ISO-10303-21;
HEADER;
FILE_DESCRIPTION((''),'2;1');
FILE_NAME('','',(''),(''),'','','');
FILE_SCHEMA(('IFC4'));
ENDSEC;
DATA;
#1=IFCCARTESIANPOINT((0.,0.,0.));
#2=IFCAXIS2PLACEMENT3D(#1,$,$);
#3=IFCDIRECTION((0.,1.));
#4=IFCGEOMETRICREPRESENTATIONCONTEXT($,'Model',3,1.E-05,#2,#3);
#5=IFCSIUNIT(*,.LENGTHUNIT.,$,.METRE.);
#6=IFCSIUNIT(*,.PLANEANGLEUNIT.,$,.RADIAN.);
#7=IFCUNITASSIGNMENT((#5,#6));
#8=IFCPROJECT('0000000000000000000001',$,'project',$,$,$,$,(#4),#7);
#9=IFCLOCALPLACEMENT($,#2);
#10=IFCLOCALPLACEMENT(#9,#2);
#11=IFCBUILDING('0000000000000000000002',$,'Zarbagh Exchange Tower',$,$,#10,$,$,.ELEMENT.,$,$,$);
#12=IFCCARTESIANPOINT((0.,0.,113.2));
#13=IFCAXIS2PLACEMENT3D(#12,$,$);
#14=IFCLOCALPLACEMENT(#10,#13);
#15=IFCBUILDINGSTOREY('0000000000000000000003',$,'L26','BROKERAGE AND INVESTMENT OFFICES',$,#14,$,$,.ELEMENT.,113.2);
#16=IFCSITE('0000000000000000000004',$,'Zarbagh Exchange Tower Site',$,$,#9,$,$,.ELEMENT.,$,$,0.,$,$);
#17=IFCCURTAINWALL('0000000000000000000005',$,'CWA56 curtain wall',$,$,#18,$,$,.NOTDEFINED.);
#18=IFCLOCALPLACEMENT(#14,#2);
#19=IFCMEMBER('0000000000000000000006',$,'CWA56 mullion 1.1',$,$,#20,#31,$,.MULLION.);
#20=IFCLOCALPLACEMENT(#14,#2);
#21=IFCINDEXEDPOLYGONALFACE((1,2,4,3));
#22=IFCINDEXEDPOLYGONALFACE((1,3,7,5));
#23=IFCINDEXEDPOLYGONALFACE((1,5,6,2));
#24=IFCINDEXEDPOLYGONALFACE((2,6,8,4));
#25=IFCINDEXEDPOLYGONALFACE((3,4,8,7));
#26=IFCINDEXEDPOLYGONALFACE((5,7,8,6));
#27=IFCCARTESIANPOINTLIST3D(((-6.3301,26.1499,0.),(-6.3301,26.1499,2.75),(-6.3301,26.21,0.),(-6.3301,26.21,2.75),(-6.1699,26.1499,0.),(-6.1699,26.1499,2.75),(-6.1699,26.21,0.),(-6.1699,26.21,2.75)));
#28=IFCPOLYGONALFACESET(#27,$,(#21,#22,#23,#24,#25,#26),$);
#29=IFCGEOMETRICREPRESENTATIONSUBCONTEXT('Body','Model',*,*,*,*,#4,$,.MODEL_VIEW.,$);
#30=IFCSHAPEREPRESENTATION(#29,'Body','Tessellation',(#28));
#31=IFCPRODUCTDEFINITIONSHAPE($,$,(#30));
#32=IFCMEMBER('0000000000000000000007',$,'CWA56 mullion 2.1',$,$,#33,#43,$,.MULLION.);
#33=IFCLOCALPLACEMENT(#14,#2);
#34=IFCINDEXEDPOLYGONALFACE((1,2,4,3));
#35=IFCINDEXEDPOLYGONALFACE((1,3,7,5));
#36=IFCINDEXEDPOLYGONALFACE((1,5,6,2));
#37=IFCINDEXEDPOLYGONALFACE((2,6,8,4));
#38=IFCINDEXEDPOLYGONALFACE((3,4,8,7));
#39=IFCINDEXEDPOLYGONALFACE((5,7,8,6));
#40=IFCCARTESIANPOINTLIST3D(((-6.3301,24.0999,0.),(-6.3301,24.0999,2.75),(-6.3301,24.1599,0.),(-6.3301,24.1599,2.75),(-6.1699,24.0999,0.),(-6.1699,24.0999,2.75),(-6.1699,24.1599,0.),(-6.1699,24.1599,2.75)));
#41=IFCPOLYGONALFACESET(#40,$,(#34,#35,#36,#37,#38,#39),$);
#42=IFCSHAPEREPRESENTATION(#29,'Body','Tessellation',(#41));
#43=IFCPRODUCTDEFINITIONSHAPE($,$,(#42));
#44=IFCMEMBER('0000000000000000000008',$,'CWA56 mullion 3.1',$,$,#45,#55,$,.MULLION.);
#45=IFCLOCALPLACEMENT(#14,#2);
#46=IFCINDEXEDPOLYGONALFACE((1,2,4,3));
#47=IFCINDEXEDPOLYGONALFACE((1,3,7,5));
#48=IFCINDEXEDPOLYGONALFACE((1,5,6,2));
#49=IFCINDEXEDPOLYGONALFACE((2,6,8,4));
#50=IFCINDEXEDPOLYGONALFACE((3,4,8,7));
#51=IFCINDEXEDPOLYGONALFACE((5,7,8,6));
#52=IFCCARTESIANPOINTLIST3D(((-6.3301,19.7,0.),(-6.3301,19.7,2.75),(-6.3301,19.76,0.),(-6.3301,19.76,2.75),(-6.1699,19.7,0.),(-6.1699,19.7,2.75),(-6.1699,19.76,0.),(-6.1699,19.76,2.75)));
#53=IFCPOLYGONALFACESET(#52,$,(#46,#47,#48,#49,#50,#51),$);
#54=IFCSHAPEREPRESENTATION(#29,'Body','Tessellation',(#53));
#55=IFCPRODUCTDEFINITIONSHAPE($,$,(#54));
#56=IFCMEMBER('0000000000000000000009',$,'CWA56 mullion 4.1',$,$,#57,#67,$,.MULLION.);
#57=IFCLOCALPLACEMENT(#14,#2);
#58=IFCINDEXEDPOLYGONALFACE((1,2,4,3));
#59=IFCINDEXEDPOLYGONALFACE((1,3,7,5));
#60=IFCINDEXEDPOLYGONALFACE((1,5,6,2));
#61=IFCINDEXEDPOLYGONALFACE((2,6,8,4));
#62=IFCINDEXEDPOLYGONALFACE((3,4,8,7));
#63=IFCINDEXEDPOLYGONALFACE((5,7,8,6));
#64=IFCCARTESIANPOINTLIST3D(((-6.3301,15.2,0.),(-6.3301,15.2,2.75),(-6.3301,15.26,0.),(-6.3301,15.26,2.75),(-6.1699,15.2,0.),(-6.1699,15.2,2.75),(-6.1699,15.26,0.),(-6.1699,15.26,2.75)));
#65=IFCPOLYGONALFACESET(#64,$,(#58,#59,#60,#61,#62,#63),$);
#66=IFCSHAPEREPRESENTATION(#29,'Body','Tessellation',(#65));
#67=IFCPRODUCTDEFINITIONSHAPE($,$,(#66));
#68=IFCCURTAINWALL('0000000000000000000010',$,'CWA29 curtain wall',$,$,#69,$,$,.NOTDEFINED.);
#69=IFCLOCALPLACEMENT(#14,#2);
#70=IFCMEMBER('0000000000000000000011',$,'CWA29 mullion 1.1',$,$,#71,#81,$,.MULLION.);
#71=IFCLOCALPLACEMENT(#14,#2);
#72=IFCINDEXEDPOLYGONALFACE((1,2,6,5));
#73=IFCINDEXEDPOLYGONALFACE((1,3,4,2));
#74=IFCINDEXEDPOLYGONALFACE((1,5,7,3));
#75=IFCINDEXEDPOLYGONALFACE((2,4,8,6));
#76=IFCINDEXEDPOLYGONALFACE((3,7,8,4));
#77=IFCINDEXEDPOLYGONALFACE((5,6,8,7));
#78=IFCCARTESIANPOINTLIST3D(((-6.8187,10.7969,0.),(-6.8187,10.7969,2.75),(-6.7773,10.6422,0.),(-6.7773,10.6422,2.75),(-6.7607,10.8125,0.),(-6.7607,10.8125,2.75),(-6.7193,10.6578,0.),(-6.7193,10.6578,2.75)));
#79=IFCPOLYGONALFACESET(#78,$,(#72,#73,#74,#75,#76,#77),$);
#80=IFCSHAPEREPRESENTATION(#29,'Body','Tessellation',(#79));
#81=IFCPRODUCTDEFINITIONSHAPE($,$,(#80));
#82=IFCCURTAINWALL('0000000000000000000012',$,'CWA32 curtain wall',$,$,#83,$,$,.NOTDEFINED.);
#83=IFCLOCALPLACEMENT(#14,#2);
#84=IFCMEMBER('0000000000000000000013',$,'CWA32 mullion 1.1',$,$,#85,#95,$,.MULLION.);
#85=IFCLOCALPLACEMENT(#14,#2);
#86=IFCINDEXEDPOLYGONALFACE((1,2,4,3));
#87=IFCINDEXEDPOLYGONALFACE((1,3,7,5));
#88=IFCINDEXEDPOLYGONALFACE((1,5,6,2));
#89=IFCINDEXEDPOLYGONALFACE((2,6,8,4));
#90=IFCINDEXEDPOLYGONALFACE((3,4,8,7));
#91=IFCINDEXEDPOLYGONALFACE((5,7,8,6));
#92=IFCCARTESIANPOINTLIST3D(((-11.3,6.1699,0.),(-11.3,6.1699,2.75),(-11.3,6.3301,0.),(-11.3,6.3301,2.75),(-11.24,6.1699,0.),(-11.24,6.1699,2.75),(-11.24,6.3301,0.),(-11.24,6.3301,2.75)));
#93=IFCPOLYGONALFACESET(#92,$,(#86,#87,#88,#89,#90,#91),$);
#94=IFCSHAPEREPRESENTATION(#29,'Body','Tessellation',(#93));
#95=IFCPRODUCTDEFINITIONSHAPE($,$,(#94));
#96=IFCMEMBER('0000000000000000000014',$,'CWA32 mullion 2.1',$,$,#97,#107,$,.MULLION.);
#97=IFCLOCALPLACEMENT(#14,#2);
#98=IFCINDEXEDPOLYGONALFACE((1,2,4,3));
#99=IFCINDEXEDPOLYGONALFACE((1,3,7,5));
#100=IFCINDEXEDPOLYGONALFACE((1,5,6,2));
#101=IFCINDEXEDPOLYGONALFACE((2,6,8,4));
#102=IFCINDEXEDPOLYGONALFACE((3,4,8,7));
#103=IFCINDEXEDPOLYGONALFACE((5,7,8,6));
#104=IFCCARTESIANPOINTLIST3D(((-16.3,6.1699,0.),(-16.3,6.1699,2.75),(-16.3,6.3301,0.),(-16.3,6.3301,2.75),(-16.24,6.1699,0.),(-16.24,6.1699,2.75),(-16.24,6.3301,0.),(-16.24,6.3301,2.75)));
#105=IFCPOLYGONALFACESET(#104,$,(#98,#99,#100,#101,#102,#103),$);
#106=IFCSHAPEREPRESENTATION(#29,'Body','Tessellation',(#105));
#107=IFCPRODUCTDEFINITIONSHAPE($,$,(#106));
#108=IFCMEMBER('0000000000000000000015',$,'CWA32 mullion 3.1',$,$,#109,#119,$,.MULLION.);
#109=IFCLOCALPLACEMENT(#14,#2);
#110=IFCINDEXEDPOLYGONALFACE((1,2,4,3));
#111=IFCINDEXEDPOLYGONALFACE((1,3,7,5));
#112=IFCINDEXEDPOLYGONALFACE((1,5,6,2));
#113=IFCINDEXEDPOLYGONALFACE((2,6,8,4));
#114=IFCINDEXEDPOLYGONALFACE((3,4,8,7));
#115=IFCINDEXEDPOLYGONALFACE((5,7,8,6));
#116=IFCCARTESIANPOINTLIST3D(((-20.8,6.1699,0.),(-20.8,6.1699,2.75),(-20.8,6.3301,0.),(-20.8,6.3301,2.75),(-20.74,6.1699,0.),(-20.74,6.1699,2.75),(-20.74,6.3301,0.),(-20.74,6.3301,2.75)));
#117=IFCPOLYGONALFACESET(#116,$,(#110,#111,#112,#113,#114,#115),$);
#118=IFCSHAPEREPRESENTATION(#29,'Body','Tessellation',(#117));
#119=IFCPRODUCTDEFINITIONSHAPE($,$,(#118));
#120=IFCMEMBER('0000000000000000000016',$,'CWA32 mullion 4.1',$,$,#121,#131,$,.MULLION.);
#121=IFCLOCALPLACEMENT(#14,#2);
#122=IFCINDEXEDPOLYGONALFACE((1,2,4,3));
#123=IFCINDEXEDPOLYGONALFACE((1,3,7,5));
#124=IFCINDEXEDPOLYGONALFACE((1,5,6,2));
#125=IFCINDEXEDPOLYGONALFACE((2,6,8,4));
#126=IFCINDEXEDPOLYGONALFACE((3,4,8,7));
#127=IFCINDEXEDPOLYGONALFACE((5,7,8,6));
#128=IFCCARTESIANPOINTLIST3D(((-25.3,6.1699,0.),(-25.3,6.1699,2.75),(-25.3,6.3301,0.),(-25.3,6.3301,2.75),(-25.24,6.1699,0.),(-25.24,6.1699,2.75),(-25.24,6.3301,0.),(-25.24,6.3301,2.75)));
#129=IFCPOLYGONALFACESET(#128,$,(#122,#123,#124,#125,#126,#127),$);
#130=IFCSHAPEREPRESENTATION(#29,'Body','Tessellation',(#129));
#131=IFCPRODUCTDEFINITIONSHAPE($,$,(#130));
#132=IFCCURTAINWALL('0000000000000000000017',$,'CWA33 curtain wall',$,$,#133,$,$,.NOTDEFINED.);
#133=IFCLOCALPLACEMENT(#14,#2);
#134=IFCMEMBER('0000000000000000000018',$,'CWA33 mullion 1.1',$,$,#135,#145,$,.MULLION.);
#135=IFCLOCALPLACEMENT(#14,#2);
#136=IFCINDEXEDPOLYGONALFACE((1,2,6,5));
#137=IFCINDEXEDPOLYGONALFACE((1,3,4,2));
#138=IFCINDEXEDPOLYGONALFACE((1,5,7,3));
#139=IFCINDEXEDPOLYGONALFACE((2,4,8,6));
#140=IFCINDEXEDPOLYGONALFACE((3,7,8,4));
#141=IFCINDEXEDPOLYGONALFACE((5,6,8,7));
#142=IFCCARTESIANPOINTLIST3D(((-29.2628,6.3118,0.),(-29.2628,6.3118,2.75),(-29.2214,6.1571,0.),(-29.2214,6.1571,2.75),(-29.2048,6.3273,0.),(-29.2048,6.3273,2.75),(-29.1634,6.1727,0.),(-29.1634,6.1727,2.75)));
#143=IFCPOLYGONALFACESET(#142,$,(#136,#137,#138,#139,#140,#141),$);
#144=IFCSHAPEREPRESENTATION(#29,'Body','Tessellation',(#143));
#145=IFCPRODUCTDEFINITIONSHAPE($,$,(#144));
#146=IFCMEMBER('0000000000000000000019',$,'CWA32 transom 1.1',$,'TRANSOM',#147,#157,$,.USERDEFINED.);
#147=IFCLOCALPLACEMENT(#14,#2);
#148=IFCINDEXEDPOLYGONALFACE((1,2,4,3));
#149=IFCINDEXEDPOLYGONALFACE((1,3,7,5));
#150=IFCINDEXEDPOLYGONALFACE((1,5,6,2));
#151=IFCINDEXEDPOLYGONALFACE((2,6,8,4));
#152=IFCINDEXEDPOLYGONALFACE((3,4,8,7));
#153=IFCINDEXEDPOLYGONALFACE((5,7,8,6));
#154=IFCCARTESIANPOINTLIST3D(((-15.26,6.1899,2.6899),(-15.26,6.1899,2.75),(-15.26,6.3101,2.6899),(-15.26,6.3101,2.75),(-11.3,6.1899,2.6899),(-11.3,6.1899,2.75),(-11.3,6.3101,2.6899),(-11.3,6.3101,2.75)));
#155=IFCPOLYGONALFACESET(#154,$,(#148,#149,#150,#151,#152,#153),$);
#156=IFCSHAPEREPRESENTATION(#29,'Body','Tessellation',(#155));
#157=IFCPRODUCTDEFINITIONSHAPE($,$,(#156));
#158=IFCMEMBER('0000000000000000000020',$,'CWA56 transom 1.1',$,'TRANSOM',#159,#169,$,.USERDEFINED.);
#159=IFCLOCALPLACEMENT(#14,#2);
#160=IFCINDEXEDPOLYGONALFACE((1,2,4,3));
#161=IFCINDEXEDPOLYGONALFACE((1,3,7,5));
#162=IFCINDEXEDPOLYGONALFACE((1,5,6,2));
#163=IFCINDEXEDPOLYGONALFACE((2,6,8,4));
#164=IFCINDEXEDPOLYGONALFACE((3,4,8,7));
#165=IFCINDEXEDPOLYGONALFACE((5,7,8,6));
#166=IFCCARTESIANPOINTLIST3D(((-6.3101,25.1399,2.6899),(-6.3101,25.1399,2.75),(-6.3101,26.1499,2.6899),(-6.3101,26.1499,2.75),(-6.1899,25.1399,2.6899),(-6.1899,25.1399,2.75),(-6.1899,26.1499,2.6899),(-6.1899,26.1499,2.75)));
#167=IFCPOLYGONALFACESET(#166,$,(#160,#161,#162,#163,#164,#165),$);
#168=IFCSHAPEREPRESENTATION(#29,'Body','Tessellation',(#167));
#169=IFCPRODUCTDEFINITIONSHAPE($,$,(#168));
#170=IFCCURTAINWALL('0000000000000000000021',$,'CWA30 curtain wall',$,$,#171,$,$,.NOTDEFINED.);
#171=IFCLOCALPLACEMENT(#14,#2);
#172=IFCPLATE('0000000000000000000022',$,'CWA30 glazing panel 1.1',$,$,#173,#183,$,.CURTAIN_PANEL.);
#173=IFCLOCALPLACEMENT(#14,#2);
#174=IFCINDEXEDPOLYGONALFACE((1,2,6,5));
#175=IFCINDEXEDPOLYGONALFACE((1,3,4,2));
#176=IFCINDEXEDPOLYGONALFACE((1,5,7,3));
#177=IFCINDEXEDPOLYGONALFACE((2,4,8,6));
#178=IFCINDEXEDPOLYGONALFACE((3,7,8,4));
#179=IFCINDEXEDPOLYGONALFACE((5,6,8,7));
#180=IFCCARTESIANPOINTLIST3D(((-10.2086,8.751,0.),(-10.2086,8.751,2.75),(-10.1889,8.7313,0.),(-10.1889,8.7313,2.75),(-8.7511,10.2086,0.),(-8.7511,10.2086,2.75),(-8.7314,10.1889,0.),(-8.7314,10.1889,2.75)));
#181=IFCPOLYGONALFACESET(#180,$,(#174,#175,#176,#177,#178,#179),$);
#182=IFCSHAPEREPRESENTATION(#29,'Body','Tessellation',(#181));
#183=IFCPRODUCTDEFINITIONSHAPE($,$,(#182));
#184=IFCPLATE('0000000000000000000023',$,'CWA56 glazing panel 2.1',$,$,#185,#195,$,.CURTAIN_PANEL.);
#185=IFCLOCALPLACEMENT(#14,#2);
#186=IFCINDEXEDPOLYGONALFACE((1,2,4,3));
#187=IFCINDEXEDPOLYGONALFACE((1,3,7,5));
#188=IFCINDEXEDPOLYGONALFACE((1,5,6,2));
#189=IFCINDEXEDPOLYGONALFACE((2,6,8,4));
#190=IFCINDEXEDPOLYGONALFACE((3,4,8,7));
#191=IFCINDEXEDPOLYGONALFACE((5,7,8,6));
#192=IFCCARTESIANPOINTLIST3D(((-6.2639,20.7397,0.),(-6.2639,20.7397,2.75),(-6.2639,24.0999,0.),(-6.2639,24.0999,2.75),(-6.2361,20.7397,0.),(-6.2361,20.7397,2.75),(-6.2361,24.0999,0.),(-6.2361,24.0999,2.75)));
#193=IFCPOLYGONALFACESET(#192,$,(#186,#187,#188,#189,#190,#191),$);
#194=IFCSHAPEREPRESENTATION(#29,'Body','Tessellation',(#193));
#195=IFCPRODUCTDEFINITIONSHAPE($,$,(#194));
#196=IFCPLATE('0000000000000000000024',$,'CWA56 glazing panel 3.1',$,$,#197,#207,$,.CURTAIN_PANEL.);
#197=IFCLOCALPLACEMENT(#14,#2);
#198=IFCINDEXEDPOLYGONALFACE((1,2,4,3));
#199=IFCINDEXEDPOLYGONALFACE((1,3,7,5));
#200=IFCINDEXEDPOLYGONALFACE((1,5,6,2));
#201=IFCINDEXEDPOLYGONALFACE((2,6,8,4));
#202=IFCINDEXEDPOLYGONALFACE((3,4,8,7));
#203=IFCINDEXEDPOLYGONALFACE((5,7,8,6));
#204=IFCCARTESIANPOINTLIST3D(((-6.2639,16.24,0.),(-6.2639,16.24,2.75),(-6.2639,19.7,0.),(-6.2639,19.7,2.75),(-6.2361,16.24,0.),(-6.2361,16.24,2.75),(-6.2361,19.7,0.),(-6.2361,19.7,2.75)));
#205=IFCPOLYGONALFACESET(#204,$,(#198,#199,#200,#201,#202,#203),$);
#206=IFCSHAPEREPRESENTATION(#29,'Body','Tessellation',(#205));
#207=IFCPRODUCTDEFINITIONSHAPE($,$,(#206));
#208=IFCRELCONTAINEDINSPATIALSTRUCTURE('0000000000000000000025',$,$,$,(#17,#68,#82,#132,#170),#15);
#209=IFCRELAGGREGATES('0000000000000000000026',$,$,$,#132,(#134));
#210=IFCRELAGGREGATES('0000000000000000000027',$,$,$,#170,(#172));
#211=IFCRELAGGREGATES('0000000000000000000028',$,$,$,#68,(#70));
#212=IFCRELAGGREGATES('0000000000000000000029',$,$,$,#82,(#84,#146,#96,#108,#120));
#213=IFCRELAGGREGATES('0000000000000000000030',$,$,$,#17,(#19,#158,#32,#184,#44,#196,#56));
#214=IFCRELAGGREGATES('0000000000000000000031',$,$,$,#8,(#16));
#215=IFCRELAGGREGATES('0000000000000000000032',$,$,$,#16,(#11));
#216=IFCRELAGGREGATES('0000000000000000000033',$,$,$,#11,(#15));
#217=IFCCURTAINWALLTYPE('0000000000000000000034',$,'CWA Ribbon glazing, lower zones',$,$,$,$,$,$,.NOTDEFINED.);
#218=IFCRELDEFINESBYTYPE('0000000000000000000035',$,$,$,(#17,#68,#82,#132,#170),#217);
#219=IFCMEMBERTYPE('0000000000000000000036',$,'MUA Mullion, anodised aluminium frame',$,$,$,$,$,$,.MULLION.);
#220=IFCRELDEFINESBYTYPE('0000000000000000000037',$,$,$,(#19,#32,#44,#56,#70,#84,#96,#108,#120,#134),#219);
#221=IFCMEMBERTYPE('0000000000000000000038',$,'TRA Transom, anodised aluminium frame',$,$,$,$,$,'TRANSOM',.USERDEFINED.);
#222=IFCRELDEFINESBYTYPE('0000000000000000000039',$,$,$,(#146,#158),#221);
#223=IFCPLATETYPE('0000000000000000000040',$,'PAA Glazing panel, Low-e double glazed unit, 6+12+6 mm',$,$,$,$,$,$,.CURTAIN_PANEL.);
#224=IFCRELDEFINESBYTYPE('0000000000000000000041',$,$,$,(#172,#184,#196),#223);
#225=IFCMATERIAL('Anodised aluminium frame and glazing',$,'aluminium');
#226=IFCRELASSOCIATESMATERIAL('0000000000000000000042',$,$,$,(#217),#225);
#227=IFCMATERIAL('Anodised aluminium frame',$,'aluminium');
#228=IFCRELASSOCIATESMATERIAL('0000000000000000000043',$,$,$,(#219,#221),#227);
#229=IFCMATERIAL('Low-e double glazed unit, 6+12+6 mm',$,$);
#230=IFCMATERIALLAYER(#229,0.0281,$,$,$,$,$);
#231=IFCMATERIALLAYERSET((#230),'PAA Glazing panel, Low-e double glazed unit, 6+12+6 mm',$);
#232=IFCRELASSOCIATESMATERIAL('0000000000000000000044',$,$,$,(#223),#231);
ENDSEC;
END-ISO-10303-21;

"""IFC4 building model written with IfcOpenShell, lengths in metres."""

from ifc_helpers import new_model, si_unit, direction, frame, origin, place, context, subcontext, project, spatial, polyline, outline, extrude, source, transform, mapped, material, layer, layer_set, type_object, element, aggregate, save


model = new_model("IFC4")

# Units and contexts
model_context = context("Model", 3, precision=1e-05, world=origin(), true_north=direction((0.0, 1.0)))
body_context = subcontext(model_context, "Body", "Model", "MODEL_VIEW")
ifc_project = project(units=[si_unit("LENGTHUNIT", "METRE"), si_unit("PLANEANGLEUNIT", "RADIAN")], contexts=[model_context])

# Site, building, storey
site_placement = place(None, origin())
site = spatial("IfcSite", under=ifc_project, at=site_placement, Name="Zarbagh Exchange Tower Site", CompositionType="ELEMENT", RefElevation=0.0)
building_placement = place(site_placement, origin())
building = spatial("IfcBuilding", under=site, at=building_placement, Name="Zarbagh Exchange Tower", CompositionType="ELEMENT")
storey_placement = place(building_placement, frame((0.0, 0.0, 113.2)))
storey = spatial("IfcBuildingStorey", under=building, at=storey_placement, Name="L26", Description="BROKERAGE AND INVESTMENT OFFICES", CompositionType="ELEMENT", Elevation=113.2)

# Curtain wall, members
ifc_material_1 = material(Name="Anodised aluminium frame and glazing", Category="aluminium")
curtain_wall_type = type_object("IfcCurtainWallType", Name="CWA Ribbon glazing, lower zones", PredefinedType="NOTDEFINED", material=ifc_material_1)
curtain_wall_1_placement = place(storey_placement, origin())
curtain_wall_1 = element("IfcCurtainWall", 1, at=curtain_wall_1_placement, inside=storey, type_object=curtain_wall_type, Name="CWA56 curtain wall", PredefinedType="NOTDEFINED")
ifc_material_2 = material(Name="Anodised aluminium frame", Category="aluminium")
member_type_1 = type_object("IfcMemberType", Name="MUA Mullion, anodised aluminium frame", PredefinedType="MULLION", material=ifc_material_2)
shared_shape_1 = source(origin(), body_context, "Body", "SweptSolid", [
    extrude(outline(polyline([(0.0, -0.0801), (0.0601, -0.0801), (0.0601, 0.0801), (0.0, 0.0801), (0.0, -0.0801)])), origin(), (0.0, 0.0, 1.0), 2.75),
])
placement = place(storey_placement, origin())
member_1 = element("IfcMember", 2, at=placement, type_object=member_type_1, Name="CWA56 mullion 1.1", PredefinedType="MULLION", context=body_context, shape_type="MappedRepresentation", body=[
    mapped(shared_shape_1, transform((-6.25, 26.21, 0.0), x_axis=(0.0, -1.0, 0.0), y_axis=(1.0, 0.0, 0.0), z_axis=(0.0, 0.0, 1.0))),
])
member_2 = element("IfcMember", 3, at=placement, type_object=member_type_1, Name="CWA56 mullion 2.1", PredefinedType="MULLION", context=body_context, shape_type="MappedRepresentation", body=[
    mapped(shared_shape_1, transform((-6.25, 24.1599, 0.0), x_axis=(0.0, -1.0, 0.0), y_axis=(1.0, 0.0, 0.0), z_axis=(0.0, 0.0, 1.0))),
])
member_3 = element("IfcMember", 4, at=placement, type_object=member_type_1, Name="CWA56 mullion 3.1", PredefinedType="MULLION", context=body_context, shape_type="MappedRepresentation", body=[
    mapped(shared_shape_1, transform((-6.25, 19.76, 0.0), x_axis=(0.0, -1.0, 0.0), y_axis=(1.0, 0.0, 0.0), z_axis=(0.0, 0.0, 1.0))),
])
member_4 = element("IfcMember", 5, at=placement, type_object=member_type_1, Name="CWA56 mullion 4.1", PredefinedType="MULLION", context=body_context, shape_type="MappedRepresentation", body=[
    mapped(shared_shape_1, transform((-6.25, 15.26, 0.0), x_axis=(0.0, -1.0, 0.0), y_axis=(1.0, 0.0, 0.0), z_axis=(0.0, 0.0, 1.0))),
])

# Curtain wall, member
curtain_wall_2_placement = place(storey_placement, origin())
curtain_wall_2 = element("IfcCurtainWall", 6, at=curtain_wall_2_placement, inside=storey, type_object=curtain_wall_type, Name="CWA29 curtain wall", PredefinedType="NOTDEFINED")
member_5 = element("IfcMember", 7, at=placement, type_object=member_type_1, Name="CWA29 mullion 1.1", PredefinedType="MULLION", context=body_context, shape_type="MappedRepresentation", body=[
    mapped(shared_shape_1, transform((-6.74, 10.7351, 0.0), x_axis=(-0.965924, -0.258825, 0.0), y_axis=(0.258825, -0.965924, 0.0), z_axis=(0.0, 0.0, 1.0))),
])

# Curtain wall, members
curtain_wall_3_placement = place(storey_placement, origin())
curtain_wall_3 = element("IfcCurtainWall", 8, at=curtain_wall_3_placement, inside=storey, type_object=curtain_wall_type, Name="CWA32 curtain wall", PredefinedType="NOTDEFINED")
member_6 = element("IfcMember", 9, at=placement, type_object=member_type_1, Name="CWA32 mullion 1.1", PredefinedType="MULLION", context=body_context, shape_type="MappedRepresentation", body=[
    mapped(shared_shape_1, transform((-11.24, 6.25, 0.0), x_axis=(-1.0, 0.0, 0.0), y_axis=(0.0, -1.0, 0.0), z_axis=(0.0, 0.0, 1.0))),
])
member_7 = element("IfcMember", 10, at=placement, type_object=member_type_1, Name="CWA32 mullion 2.1", PredefinedType="MULLION", context=body_context, shape_type="MappedRepresentation", body=[
    mapped(shared_shape_1, transform((-16.24, 6.25, 0.0), x_axis=(-1.0, 0.0, 0.0), y_axis=(0.0, -1.0, 0.0), z_axis=(0.0, 0.0, 1.0))),
])
member_8 = element("IfcMember", 11, at=placement, type_object=member_type_1, Name="CWA32 mullion 3.1", PredefinedType="MULLION", context=body_context, shape_type="MappedRepresentation", body=[
    mapped(shared_shape_1, transform((-20.74, 6.25, 0.0), x_axis=(-1.0, 0.0, 0.0), y_axis=(0.0, -1.0, 0.0), z_axis=(0.0, 0.0, 1.0))),
])
member_9 = element("IfcMember", 12, at=placement, type_object=member_type_1, Name="CWA32 mullion 4.1", PredefinedType="MULLION", context=body_context, shape_type="MappedRepresentation", body=[
    mapped(shared_shape_1, transform((-25.24, 6.25, 0.0), x_axis=(-1.0, 0.0, 0.0), y_axis=(0.0, -1.0, 0.0), z_axis=(0.0, 0.0, 1.0))),
])

# Curtain wall, member
curtain_wall_4_placement = place(storey_placement, origin())
curtain_wall_4 = element("IfcCurtainWall", 13, at=curtain_wall_4_placement, inside=storey, type_object=curtain_wall_type, Name="CWA33 curtain wall", PredefinedType="NOTDEFINED")
member_10 = element("IfcMember", 14, at=placement, type_object=member_type_1, Name="CWA33 mullion 1.1", PredefinedType="MULLION", context=body_context, shape_type="MappedRepresentation", body=[
    mapped(shared_shape_1, transform((-29.1841, 6.25, 0.0), x_axis=(-0.965924, -0.258825, 0.0), y_axis=(0.258825, -0.965924, 0.0), z_axis=(0.0, 0.0, 1.0))),
])
aggregate(curtain_wall_4, [member_10])

# Members
member_type_2 = type_object("IfcMemberType", Name="TRA Transom, anodised aluminium frame", ElementType="TRANSOM", PredefinedType="USERDEFINED", material=ifc_material_2)
shared_shape_2 = source(origin(), body_context, "Body", "SweptSolid", [
    extrude(outline(polyline([(-0.0601, -0.0601), (0.0, -0.0601), (0.0, 0.0601), (-0.0601, 0.0601), (-0.0601, -0.0601)])), origin(), (0.0, 0.0, 1.0), 3.96),
])
member_11 = element("IfcMember", 15, at=placement, type_object=member_type_2, Name="CWA32 transom 1.1", ObjectType="TRANSOM", PredefinedType="USERDEFINED", context=body_context, shape_type="MappedRepresentation", body=[
    mapped(shared_shape_2, transform((-11.3, 6.25, 2.75), x_axis=(0.0, 0.0, 1.0), y_axis=(0.0, 1.0, 0.0), z_axis=(-1.0, 0.0, 0.0))),
])
shared_shape_3 = source(origin(), body_context, "Body", "SweptSolid", [
    extrude(outline(polyline([(-0.0601, -0.0601), (0.0, -0.0601), (0.0, 0.0601), (-0.0601, 0.0601), (-0.0601, -0.0601)])), origin(), (0.0, 0.0, 1.0), 1.01),
])
member_12 = element("IfcMember", 16, at=placement, type_object=member_type_2, Name="CWA56 transom 1.1", ObjectType="TRANSOM", PredefinedType="USERDEFINED", context=body_context, shape_type="MappedRepresentation", body=[
    mapped(shared_shape_3, transform((-6.25, 26.1499, 2.75), x_axis=(0.0, 0.0, 1.0), y_axis=(-1.0, 0.0, 0.0), z_axis=(0.0, -1.0, 0.0))),
])

# Curtain wall, plate
curtain_wall_5_placement = place(storey_placement, origin())
curtain_wall_5 = element("IfcCurtainWall", 17, at=curtain_wall_5_placement, inside=storey, type_object=curtain_wall_type, Name="CWA30 curtain wall", PredefinedType="NOTDEFINED")
ifc_material_3 = material(Name="Low-e double glazed unit, 6+12+6 mm")
ifc_layer = layer(ifc_material_3, 0.0281)
ifc_layer_set = layer_set([ifc_layer], Name="PAA Glazing panel, Low-e double glazed unit, 6+12+6 mm")
plate_type = type_object("IfcPlateType", Name="PAA Glazing panel, Low-e double glazed unit, 6+12+6 mm", PredefinedType="CURTAIN_PANEL", material=ifc_layer_set)
shared_shape_4 = source(origin(), body_context, "Body", "SweptSolid", [
    extrude(outline(polyline([(0.0, -0.0139), (2.0613, -0.0139), (2.0613, 0.0139), (0.0, 0.0139), (0.0, -0.0139)])), origin(), (0.0, 0.0, 1.0), 2.75),
])
plate_1 = element("IfcPlate", 18, at=placement, type_object=plate_type, Name="CWA30 glazing panel 1.1", PredefinedType="CURTAIN_PANEL", context=body_context, shape_type="MappedRepresentation", body=[
    mapped(shared_shape_4, transform((-8.7412, 10.1987, 0.0), x_axis=(-0.707107, -0.707107, 0.0), y_axis=(0.707107, -0.707107, 0.0), z_axis=(0.0, 0.0, 1.0))),
])
aggregate(curtain_wall_5, [plate_1])

# Plates
shared_shape_5 = source(origin(), body_context, "Body", "SweptSolid", [
    extrude(outline(polyline([(0.0, -0.0139), (3.3601, -0.0139), (3.3601, 0.0139), (0.0, 0.0139), (0.0, -0.0139)])), origin(), (0.0, 0.0, 1.0), 2.75),
])
plate_2 = element("IfcPlate", 19, at=placement, type_object=plate_type, Name="CWA56 glazing panel 2.1", PredefinedType="CURTAIN_PANEL", context=body_context, shape_type="MappedRepresentation", body=[
    mapped(shared_shape_5, transform((-6.25, 24.0999, 0.0), x_axis=(0.0, -1.0, 0.0), y_axis=(1.0, 0.0, 0.0), z_axis=(0.0, 0.0, 1.0))),
])
shared_shape_6 = source(origin(), body_context, "Body", "SweptSolid", [
    extrude(outline(polyline([(0.0, -0.0139), (3.46, -0.0139), (3.46, 0.0139), (0.0, 0.0139), (0.0, -0.0139)])), origin(), (0.0, 0.0, 1.0), 2.75),
])
plate_3 = element("IfcPlate", 20, at=placement, type_object=plate_type, Name="CWA56 glazing panel 3.1", PredefinedType="CURTAIN_PANEL", context=body_context, shape_type="MappedRepresentation", body=[
    mapped(shared_shape_6, transform((-6.25, 19.7, 0.0), x_axis=(0.0, -1.0, 0.0), y_axis=(1.0, 0.0, 0.0), z_axis=(0.0, 0.0, 1.0))),
])
aggregate(curtain_wall_2, [member_5])

aggregate(curtain_wall_3, [member_6, member_11, member_7, member_8, member_9])

aggregate(curtain_wall_1, [member_1, member_12, member_2, plate_2, member_3, plate_3, member_4])

save(model, "model.ifc")
